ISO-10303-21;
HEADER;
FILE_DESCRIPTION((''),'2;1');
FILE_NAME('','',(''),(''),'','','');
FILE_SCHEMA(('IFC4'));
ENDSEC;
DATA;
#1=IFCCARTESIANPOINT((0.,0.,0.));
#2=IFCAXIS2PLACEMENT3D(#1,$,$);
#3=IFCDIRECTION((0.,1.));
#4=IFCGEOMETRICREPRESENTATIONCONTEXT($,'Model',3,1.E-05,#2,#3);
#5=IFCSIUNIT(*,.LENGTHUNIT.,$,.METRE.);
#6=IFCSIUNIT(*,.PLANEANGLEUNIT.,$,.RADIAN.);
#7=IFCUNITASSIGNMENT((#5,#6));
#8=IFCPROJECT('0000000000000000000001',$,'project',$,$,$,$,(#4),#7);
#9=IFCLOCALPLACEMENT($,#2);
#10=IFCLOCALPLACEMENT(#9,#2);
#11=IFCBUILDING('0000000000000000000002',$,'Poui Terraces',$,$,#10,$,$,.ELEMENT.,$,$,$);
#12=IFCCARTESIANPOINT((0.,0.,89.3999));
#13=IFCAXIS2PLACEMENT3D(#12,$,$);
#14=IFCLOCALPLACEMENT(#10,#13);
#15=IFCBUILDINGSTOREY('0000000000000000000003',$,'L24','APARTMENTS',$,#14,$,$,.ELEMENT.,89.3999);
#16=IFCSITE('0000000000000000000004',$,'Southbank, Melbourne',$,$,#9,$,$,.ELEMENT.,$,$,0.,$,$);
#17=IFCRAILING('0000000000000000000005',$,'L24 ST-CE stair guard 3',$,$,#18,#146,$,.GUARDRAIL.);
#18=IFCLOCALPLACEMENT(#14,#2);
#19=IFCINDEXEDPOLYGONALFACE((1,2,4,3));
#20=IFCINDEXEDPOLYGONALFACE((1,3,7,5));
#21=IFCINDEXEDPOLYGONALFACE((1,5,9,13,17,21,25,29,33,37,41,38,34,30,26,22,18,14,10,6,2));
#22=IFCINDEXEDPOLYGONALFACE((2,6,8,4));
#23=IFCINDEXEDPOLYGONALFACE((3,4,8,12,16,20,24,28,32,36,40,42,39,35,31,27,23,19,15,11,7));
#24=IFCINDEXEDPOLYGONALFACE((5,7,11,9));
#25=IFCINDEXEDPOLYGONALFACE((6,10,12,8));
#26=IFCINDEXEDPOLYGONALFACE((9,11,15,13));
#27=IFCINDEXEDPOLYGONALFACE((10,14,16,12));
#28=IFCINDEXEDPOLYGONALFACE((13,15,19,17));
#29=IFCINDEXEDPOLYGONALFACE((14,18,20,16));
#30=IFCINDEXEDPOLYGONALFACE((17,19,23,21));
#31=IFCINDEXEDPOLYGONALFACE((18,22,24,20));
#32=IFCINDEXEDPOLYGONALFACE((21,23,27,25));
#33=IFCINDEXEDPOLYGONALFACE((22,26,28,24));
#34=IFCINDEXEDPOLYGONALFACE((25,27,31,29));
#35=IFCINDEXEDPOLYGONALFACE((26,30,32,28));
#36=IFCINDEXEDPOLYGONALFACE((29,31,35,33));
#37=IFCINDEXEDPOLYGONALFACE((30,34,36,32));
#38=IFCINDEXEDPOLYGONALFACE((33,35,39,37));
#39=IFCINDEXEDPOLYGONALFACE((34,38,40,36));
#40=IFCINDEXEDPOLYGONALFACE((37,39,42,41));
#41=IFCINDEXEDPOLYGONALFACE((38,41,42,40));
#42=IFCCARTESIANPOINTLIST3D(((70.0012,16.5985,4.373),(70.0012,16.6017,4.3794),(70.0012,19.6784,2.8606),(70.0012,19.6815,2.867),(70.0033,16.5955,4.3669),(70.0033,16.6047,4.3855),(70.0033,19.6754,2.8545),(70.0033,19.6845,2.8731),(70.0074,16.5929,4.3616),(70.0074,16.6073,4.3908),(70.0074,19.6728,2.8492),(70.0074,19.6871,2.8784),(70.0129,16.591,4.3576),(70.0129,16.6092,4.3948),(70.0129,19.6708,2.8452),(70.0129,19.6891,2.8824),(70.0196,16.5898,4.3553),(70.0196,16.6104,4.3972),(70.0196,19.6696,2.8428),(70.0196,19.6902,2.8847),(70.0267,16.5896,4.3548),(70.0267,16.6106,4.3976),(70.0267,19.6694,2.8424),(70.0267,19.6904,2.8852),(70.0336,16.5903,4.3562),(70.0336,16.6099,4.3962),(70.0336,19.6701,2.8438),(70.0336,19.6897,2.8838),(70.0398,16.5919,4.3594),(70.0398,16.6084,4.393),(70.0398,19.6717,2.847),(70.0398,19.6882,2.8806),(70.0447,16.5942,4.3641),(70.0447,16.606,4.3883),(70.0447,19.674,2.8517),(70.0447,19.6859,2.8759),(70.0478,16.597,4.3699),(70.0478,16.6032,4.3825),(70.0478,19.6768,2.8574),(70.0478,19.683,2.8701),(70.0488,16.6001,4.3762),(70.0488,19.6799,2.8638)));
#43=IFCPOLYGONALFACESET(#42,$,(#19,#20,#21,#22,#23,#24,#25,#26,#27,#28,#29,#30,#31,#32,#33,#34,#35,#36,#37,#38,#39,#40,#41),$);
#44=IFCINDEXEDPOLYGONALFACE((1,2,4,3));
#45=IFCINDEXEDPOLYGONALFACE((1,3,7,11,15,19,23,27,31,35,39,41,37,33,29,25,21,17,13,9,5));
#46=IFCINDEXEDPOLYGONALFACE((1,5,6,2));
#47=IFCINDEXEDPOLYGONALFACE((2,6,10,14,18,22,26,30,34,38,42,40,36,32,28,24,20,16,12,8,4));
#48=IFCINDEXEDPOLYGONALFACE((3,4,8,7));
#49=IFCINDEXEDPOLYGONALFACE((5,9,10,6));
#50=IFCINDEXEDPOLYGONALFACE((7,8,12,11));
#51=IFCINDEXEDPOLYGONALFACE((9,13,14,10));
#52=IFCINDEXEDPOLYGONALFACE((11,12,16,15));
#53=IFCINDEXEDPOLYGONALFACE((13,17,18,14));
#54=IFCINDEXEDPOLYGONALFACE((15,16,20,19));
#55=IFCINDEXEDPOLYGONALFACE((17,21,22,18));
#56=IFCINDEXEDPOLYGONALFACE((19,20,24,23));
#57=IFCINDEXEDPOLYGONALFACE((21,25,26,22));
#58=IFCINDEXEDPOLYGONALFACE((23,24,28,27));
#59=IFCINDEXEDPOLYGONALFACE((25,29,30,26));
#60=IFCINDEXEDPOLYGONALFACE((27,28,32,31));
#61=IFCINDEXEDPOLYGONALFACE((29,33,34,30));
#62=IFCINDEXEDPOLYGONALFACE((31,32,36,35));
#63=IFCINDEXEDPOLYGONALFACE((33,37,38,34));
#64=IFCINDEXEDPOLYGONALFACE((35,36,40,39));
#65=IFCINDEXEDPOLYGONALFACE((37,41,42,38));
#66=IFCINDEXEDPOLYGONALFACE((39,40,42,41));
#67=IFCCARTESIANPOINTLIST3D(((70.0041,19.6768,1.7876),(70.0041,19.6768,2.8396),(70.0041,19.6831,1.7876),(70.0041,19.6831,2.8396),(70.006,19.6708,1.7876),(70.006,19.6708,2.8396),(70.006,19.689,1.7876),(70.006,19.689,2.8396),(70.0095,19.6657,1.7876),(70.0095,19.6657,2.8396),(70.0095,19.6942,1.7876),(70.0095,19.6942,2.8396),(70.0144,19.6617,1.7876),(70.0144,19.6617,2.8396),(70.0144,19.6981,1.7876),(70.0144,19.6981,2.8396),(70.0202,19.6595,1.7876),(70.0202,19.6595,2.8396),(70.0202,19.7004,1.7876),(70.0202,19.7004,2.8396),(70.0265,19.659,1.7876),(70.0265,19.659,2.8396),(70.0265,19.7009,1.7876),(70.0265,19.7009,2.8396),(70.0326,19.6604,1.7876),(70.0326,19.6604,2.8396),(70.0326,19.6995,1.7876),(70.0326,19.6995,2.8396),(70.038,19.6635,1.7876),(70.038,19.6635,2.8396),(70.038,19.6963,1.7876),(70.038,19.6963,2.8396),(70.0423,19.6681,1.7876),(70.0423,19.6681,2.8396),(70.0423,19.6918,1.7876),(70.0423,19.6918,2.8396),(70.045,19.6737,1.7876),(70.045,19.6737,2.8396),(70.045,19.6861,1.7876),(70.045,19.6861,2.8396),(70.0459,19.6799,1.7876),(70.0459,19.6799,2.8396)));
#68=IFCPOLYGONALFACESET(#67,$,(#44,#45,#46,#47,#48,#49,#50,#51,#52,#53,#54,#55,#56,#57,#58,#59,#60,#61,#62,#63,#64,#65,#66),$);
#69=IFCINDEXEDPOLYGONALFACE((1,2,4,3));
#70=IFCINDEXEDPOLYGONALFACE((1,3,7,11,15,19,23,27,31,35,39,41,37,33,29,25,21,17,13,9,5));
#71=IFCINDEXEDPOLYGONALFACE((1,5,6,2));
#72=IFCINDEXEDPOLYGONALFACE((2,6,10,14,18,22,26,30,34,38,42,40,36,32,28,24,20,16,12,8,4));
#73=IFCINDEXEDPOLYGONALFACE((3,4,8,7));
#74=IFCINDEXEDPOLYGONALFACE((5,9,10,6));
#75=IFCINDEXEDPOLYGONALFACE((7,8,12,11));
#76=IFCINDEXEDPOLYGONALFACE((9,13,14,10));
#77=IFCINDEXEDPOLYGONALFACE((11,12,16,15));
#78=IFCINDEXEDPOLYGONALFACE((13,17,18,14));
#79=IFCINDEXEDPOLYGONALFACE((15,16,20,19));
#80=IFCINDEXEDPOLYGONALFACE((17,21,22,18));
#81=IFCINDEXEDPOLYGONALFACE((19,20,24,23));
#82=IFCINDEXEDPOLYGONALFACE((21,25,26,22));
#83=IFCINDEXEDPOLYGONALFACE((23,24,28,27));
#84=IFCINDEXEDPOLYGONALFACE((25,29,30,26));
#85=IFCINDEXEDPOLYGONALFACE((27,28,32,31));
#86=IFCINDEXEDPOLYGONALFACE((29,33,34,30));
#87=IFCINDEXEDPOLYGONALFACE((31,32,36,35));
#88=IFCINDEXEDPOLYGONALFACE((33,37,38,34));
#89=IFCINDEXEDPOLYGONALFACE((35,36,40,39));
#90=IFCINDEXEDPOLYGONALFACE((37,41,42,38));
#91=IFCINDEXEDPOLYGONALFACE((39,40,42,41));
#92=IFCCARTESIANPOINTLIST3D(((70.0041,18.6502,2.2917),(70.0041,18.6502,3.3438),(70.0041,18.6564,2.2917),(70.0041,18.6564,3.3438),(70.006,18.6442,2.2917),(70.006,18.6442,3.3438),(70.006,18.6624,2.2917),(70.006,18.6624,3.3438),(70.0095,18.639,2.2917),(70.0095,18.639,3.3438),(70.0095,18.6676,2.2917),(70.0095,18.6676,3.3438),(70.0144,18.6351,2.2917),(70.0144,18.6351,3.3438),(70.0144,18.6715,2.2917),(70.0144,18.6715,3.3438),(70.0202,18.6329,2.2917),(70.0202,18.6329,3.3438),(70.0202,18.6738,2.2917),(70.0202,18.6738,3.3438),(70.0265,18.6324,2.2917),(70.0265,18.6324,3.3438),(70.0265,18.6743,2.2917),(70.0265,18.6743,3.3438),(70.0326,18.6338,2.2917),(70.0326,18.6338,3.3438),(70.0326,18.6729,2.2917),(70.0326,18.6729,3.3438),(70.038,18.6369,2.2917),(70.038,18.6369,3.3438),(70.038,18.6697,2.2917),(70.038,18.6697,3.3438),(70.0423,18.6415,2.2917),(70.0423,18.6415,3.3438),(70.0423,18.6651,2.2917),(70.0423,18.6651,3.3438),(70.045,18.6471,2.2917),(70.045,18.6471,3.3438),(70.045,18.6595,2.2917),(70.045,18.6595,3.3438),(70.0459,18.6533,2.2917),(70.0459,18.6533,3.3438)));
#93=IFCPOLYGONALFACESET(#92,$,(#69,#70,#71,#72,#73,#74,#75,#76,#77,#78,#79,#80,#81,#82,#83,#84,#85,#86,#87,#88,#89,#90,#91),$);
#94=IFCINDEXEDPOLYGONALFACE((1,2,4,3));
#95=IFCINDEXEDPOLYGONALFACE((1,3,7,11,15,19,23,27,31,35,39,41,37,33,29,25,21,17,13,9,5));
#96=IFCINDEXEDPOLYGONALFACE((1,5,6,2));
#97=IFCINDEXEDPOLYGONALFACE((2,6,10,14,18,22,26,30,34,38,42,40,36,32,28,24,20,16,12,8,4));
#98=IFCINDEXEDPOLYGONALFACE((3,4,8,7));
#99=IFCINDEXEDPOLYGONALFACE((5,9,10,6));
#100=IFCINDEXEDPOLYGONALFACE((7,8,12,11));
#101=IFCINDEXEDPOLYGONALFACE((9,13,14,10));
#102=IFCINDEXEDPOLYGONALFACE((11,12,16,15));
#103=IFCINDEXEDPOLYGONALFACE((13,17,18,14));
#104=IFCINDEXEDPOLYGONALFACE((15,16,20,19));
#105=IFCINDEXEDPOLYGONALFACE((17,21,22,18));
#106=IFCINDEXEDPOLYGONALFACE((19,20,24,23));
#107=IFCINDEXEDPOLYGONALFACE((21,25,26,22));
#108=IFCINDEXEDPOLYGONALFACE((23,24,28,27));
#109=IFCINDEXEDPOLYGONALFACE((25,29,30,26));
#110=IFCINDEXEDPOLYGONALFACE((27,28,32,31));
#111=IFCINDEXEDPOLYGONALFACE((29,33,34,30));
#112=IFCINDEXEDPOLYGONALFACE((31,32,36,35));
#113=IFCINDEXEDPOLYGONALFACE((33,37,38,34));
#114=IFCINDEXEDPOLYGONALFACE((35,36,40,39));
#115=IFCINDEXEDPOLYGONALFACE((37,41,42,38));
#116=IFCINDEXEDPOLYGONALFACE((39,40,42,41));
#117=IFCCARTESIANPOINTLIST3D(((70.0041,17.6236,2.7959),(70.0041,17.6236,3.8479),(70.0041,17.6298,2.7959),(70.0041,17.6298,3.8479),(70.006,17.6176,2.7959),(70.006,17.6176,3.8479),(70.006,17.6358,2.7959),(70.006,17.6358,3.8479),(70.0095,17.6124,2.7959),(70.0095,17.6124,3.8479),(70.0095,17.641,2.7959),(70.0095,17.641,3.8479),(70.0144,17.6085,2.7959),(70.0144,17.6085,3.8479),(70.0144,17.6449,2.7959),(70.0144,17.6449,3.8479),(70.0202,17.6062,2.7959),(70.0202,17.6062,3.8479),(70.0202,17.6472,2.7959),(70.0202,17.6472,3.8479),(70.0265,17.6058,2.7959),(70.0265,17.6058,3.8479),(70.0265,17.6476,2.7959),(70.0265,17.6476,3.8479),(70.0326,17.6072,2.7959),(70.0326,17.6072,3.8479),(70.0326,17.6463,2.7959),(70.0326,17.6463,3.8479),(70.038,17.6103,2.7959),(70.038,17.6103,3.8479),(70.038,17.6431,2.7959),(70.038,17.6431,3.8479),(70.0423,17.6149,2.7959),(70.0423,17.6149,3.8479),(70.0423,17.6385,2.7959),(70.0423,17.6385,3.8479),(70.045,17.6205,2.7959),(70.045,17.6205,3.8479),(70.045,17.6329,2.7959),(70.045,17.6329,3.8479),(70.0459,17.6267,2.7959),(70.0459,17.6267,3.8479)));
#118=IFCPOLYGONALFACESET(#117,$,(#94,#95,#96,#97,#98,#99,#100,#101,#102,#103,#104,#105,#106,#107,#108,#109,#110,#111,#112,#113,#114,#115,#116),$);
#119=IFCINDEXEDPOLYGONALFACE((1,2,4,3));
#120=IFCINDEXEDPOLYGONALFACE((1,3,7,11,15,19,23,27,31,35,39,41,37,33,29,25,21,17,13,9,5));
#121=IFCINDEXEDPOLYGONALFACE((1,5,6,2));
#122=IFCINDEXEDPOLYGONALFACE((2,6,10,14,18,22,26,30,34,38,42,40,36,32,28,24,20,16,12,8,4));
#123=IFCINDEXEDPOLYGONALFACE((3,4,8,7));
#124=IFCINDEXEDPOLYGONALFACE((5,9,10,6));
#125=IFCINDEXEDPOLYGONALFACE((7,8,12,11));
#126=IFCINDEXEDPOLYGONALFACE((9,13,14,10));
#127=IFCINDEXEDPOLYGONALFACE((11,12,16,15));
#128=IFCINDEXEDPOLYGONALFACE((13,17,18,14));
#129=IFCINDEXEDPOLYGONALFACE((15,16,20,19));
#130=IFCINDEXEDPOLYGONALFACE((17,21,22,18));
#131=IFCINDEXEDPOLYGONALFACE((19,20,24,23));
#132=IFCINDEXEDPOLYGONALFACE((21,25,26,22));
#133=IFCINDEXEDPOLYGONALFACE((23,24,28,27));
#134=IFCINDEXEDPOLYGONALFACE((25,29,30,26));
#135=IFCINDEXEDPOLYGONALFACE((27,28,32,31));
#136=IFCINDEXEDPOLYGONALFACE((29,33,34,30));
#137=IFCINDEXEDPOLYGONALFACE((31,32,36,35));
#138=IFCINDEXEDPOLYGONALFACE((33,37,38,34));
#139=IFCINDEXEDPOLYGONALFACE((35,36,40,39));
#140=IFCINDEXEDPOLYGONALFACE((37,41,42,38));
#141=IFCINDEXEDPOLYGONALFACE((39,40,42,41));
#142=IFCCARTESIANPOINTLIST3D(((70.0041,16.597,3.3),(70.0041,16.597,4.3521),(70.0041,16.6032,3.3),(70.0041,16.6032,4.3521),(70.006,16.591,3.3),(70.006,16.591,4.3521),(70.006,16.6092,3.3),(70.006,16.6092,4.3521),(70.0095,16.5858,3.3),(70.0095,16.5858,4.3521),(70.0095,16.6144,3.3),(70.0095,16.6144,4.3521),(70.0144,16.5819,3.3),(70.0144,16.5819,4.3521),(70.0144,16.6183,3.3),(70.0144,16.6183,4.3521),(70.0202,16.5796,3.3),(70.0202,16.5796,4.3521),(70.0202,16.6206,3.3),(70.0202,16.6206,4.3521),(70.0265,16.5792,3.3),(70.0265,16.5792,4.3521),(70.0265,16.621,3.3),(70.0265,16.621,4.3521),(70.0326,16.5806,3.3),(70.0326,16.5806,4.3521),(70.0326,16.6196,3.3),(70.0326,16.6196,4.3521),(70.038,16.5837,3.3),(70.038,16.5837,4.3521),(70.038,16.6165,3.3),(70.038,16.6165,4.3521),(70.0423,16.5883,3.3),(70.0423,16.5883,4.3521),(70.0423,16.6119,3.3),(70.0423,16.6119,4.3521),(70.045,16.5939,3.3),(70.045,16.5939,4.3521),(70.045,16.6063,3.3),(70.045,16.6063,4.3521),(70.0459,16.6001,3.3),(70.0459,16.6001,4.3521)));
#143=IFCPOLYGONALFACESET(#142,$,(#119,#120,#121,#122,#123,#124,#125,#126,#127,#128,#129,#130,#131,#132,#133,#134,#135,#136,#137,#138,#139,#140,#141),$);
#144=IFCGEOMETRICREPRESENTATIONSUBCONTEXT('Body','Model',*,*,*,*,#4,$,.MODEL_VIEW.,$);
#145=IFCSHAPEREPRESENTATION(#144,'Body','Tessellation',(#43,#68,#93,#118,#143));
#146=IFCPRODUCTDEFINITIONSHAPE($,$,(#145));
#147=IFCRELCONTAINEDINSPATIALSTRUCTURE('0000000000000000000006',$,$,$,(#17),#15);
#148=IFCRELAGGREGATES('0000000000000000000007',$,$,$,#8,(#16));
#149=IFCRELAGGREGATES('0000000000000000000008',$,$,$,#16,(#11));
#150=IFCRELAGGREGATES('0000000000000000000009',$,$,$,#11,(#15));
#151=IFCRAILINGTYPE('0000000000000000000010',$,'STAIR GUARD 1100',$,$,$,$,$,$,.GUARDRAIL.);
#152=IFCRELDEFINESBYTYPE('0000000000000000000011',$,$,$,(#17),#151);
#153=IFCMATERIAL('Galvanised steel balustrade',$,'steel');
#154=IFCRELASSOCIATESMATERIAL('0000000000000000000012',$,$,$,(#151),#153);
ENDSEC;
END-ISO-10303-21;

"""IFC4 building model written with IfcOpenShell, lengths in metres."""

from ifc_helpers import new_model, si_unit, direction, frame, origin, origin_2d, place, context, subcontext, project, spatial, circle, extrude, material, type_object, element, save


model = new_model("IFC4")

# Units and contexts
model_context = context("Model", 3, precision=1e-05, world=origin(), true_north=direction((0.0, 1.0)))
body_context = subcontext(model_context, "Body", "Model", "MODEL_VIEW")
ifc_project = project(units=[si_unit("LENGTHUNIT", "METRE"), si_unit("PLANEANGLEUNIT", "RADIAN")], contexts=[model_context])

# Site, building, storey
site_placement = place(None, origin())
site = spatial("IfcSite", under=ifc_project, at=site_placement, Name="Southbank, Melbourne", CompositionType="ELEMENT", RefElevation=0.0)
building_placement = place(site_placement, origin())
building = spatial("IfcBuilding", under=site, at=building_placement, Name="Poui Terraces", CompositionType="ELEMENT")
storey_placement = place(building_placement, frame((0.0, 0.0, 89.3999)))
storey = spatial("IfcBuildingStorey", under=building, at=storey_placement, Name="L24", Description="APARTMENTS", CompositionType="ELEMENT", Elevation=89.3999)

# Railing
ifc_material_1 = material(Name="Galvanised steel balustrade", Category="steel")
railing_type_1 = type_object("IfcRailingType", Name="STAIR GUARD 1100", PredefinedType="GUARDRAIL", material=ifc_material_1)
railing_1_placement = place(storey_placement, frame((70.0249, 19.6799, 1.7876)))
element("IfcRailing", 1, at=railing_1_placement, inside=storey, type_object=railing_type_1, Name="L24 ST-CE stair guard 3", PredefinedType="GUARDRAIL", context=body_context, shape_type="SweptSolid", body=[
    extrude(circle(Radius=0.0239, at=origin_2d()), frame((0.0, 0.0, 1.0762), z_axis=(0.0, -0.897606, 0.440798), x_axis=(1.0, 0.0, 0.0)), (0.0, 0.0, 1.0), 3.4312),
    extrude(circle(Radius=0.021, at=origin_2d()), origin(), (0.0, 0.0, 1.0), 1.052),
    extrude(circle(Radius=0.021, at=origin_2d()), frame((0.0, -1.0266, 0.5042)), (0.0, 0.0, 1.0), 1.052),
    extrude(circle(Radius=0.021, at=origin_2d()), frame((0.0, -2.0532, 1.0083)), (0.0, 0.0, 1.0), 1.052),
    extrude(circle(Radius=0.021, at=origin_2d()), frame((0.0, -3.0798, 1.5125)), (0.0, 0.0, 1.0), 1.052),
])

save(model, "model.ifc")
